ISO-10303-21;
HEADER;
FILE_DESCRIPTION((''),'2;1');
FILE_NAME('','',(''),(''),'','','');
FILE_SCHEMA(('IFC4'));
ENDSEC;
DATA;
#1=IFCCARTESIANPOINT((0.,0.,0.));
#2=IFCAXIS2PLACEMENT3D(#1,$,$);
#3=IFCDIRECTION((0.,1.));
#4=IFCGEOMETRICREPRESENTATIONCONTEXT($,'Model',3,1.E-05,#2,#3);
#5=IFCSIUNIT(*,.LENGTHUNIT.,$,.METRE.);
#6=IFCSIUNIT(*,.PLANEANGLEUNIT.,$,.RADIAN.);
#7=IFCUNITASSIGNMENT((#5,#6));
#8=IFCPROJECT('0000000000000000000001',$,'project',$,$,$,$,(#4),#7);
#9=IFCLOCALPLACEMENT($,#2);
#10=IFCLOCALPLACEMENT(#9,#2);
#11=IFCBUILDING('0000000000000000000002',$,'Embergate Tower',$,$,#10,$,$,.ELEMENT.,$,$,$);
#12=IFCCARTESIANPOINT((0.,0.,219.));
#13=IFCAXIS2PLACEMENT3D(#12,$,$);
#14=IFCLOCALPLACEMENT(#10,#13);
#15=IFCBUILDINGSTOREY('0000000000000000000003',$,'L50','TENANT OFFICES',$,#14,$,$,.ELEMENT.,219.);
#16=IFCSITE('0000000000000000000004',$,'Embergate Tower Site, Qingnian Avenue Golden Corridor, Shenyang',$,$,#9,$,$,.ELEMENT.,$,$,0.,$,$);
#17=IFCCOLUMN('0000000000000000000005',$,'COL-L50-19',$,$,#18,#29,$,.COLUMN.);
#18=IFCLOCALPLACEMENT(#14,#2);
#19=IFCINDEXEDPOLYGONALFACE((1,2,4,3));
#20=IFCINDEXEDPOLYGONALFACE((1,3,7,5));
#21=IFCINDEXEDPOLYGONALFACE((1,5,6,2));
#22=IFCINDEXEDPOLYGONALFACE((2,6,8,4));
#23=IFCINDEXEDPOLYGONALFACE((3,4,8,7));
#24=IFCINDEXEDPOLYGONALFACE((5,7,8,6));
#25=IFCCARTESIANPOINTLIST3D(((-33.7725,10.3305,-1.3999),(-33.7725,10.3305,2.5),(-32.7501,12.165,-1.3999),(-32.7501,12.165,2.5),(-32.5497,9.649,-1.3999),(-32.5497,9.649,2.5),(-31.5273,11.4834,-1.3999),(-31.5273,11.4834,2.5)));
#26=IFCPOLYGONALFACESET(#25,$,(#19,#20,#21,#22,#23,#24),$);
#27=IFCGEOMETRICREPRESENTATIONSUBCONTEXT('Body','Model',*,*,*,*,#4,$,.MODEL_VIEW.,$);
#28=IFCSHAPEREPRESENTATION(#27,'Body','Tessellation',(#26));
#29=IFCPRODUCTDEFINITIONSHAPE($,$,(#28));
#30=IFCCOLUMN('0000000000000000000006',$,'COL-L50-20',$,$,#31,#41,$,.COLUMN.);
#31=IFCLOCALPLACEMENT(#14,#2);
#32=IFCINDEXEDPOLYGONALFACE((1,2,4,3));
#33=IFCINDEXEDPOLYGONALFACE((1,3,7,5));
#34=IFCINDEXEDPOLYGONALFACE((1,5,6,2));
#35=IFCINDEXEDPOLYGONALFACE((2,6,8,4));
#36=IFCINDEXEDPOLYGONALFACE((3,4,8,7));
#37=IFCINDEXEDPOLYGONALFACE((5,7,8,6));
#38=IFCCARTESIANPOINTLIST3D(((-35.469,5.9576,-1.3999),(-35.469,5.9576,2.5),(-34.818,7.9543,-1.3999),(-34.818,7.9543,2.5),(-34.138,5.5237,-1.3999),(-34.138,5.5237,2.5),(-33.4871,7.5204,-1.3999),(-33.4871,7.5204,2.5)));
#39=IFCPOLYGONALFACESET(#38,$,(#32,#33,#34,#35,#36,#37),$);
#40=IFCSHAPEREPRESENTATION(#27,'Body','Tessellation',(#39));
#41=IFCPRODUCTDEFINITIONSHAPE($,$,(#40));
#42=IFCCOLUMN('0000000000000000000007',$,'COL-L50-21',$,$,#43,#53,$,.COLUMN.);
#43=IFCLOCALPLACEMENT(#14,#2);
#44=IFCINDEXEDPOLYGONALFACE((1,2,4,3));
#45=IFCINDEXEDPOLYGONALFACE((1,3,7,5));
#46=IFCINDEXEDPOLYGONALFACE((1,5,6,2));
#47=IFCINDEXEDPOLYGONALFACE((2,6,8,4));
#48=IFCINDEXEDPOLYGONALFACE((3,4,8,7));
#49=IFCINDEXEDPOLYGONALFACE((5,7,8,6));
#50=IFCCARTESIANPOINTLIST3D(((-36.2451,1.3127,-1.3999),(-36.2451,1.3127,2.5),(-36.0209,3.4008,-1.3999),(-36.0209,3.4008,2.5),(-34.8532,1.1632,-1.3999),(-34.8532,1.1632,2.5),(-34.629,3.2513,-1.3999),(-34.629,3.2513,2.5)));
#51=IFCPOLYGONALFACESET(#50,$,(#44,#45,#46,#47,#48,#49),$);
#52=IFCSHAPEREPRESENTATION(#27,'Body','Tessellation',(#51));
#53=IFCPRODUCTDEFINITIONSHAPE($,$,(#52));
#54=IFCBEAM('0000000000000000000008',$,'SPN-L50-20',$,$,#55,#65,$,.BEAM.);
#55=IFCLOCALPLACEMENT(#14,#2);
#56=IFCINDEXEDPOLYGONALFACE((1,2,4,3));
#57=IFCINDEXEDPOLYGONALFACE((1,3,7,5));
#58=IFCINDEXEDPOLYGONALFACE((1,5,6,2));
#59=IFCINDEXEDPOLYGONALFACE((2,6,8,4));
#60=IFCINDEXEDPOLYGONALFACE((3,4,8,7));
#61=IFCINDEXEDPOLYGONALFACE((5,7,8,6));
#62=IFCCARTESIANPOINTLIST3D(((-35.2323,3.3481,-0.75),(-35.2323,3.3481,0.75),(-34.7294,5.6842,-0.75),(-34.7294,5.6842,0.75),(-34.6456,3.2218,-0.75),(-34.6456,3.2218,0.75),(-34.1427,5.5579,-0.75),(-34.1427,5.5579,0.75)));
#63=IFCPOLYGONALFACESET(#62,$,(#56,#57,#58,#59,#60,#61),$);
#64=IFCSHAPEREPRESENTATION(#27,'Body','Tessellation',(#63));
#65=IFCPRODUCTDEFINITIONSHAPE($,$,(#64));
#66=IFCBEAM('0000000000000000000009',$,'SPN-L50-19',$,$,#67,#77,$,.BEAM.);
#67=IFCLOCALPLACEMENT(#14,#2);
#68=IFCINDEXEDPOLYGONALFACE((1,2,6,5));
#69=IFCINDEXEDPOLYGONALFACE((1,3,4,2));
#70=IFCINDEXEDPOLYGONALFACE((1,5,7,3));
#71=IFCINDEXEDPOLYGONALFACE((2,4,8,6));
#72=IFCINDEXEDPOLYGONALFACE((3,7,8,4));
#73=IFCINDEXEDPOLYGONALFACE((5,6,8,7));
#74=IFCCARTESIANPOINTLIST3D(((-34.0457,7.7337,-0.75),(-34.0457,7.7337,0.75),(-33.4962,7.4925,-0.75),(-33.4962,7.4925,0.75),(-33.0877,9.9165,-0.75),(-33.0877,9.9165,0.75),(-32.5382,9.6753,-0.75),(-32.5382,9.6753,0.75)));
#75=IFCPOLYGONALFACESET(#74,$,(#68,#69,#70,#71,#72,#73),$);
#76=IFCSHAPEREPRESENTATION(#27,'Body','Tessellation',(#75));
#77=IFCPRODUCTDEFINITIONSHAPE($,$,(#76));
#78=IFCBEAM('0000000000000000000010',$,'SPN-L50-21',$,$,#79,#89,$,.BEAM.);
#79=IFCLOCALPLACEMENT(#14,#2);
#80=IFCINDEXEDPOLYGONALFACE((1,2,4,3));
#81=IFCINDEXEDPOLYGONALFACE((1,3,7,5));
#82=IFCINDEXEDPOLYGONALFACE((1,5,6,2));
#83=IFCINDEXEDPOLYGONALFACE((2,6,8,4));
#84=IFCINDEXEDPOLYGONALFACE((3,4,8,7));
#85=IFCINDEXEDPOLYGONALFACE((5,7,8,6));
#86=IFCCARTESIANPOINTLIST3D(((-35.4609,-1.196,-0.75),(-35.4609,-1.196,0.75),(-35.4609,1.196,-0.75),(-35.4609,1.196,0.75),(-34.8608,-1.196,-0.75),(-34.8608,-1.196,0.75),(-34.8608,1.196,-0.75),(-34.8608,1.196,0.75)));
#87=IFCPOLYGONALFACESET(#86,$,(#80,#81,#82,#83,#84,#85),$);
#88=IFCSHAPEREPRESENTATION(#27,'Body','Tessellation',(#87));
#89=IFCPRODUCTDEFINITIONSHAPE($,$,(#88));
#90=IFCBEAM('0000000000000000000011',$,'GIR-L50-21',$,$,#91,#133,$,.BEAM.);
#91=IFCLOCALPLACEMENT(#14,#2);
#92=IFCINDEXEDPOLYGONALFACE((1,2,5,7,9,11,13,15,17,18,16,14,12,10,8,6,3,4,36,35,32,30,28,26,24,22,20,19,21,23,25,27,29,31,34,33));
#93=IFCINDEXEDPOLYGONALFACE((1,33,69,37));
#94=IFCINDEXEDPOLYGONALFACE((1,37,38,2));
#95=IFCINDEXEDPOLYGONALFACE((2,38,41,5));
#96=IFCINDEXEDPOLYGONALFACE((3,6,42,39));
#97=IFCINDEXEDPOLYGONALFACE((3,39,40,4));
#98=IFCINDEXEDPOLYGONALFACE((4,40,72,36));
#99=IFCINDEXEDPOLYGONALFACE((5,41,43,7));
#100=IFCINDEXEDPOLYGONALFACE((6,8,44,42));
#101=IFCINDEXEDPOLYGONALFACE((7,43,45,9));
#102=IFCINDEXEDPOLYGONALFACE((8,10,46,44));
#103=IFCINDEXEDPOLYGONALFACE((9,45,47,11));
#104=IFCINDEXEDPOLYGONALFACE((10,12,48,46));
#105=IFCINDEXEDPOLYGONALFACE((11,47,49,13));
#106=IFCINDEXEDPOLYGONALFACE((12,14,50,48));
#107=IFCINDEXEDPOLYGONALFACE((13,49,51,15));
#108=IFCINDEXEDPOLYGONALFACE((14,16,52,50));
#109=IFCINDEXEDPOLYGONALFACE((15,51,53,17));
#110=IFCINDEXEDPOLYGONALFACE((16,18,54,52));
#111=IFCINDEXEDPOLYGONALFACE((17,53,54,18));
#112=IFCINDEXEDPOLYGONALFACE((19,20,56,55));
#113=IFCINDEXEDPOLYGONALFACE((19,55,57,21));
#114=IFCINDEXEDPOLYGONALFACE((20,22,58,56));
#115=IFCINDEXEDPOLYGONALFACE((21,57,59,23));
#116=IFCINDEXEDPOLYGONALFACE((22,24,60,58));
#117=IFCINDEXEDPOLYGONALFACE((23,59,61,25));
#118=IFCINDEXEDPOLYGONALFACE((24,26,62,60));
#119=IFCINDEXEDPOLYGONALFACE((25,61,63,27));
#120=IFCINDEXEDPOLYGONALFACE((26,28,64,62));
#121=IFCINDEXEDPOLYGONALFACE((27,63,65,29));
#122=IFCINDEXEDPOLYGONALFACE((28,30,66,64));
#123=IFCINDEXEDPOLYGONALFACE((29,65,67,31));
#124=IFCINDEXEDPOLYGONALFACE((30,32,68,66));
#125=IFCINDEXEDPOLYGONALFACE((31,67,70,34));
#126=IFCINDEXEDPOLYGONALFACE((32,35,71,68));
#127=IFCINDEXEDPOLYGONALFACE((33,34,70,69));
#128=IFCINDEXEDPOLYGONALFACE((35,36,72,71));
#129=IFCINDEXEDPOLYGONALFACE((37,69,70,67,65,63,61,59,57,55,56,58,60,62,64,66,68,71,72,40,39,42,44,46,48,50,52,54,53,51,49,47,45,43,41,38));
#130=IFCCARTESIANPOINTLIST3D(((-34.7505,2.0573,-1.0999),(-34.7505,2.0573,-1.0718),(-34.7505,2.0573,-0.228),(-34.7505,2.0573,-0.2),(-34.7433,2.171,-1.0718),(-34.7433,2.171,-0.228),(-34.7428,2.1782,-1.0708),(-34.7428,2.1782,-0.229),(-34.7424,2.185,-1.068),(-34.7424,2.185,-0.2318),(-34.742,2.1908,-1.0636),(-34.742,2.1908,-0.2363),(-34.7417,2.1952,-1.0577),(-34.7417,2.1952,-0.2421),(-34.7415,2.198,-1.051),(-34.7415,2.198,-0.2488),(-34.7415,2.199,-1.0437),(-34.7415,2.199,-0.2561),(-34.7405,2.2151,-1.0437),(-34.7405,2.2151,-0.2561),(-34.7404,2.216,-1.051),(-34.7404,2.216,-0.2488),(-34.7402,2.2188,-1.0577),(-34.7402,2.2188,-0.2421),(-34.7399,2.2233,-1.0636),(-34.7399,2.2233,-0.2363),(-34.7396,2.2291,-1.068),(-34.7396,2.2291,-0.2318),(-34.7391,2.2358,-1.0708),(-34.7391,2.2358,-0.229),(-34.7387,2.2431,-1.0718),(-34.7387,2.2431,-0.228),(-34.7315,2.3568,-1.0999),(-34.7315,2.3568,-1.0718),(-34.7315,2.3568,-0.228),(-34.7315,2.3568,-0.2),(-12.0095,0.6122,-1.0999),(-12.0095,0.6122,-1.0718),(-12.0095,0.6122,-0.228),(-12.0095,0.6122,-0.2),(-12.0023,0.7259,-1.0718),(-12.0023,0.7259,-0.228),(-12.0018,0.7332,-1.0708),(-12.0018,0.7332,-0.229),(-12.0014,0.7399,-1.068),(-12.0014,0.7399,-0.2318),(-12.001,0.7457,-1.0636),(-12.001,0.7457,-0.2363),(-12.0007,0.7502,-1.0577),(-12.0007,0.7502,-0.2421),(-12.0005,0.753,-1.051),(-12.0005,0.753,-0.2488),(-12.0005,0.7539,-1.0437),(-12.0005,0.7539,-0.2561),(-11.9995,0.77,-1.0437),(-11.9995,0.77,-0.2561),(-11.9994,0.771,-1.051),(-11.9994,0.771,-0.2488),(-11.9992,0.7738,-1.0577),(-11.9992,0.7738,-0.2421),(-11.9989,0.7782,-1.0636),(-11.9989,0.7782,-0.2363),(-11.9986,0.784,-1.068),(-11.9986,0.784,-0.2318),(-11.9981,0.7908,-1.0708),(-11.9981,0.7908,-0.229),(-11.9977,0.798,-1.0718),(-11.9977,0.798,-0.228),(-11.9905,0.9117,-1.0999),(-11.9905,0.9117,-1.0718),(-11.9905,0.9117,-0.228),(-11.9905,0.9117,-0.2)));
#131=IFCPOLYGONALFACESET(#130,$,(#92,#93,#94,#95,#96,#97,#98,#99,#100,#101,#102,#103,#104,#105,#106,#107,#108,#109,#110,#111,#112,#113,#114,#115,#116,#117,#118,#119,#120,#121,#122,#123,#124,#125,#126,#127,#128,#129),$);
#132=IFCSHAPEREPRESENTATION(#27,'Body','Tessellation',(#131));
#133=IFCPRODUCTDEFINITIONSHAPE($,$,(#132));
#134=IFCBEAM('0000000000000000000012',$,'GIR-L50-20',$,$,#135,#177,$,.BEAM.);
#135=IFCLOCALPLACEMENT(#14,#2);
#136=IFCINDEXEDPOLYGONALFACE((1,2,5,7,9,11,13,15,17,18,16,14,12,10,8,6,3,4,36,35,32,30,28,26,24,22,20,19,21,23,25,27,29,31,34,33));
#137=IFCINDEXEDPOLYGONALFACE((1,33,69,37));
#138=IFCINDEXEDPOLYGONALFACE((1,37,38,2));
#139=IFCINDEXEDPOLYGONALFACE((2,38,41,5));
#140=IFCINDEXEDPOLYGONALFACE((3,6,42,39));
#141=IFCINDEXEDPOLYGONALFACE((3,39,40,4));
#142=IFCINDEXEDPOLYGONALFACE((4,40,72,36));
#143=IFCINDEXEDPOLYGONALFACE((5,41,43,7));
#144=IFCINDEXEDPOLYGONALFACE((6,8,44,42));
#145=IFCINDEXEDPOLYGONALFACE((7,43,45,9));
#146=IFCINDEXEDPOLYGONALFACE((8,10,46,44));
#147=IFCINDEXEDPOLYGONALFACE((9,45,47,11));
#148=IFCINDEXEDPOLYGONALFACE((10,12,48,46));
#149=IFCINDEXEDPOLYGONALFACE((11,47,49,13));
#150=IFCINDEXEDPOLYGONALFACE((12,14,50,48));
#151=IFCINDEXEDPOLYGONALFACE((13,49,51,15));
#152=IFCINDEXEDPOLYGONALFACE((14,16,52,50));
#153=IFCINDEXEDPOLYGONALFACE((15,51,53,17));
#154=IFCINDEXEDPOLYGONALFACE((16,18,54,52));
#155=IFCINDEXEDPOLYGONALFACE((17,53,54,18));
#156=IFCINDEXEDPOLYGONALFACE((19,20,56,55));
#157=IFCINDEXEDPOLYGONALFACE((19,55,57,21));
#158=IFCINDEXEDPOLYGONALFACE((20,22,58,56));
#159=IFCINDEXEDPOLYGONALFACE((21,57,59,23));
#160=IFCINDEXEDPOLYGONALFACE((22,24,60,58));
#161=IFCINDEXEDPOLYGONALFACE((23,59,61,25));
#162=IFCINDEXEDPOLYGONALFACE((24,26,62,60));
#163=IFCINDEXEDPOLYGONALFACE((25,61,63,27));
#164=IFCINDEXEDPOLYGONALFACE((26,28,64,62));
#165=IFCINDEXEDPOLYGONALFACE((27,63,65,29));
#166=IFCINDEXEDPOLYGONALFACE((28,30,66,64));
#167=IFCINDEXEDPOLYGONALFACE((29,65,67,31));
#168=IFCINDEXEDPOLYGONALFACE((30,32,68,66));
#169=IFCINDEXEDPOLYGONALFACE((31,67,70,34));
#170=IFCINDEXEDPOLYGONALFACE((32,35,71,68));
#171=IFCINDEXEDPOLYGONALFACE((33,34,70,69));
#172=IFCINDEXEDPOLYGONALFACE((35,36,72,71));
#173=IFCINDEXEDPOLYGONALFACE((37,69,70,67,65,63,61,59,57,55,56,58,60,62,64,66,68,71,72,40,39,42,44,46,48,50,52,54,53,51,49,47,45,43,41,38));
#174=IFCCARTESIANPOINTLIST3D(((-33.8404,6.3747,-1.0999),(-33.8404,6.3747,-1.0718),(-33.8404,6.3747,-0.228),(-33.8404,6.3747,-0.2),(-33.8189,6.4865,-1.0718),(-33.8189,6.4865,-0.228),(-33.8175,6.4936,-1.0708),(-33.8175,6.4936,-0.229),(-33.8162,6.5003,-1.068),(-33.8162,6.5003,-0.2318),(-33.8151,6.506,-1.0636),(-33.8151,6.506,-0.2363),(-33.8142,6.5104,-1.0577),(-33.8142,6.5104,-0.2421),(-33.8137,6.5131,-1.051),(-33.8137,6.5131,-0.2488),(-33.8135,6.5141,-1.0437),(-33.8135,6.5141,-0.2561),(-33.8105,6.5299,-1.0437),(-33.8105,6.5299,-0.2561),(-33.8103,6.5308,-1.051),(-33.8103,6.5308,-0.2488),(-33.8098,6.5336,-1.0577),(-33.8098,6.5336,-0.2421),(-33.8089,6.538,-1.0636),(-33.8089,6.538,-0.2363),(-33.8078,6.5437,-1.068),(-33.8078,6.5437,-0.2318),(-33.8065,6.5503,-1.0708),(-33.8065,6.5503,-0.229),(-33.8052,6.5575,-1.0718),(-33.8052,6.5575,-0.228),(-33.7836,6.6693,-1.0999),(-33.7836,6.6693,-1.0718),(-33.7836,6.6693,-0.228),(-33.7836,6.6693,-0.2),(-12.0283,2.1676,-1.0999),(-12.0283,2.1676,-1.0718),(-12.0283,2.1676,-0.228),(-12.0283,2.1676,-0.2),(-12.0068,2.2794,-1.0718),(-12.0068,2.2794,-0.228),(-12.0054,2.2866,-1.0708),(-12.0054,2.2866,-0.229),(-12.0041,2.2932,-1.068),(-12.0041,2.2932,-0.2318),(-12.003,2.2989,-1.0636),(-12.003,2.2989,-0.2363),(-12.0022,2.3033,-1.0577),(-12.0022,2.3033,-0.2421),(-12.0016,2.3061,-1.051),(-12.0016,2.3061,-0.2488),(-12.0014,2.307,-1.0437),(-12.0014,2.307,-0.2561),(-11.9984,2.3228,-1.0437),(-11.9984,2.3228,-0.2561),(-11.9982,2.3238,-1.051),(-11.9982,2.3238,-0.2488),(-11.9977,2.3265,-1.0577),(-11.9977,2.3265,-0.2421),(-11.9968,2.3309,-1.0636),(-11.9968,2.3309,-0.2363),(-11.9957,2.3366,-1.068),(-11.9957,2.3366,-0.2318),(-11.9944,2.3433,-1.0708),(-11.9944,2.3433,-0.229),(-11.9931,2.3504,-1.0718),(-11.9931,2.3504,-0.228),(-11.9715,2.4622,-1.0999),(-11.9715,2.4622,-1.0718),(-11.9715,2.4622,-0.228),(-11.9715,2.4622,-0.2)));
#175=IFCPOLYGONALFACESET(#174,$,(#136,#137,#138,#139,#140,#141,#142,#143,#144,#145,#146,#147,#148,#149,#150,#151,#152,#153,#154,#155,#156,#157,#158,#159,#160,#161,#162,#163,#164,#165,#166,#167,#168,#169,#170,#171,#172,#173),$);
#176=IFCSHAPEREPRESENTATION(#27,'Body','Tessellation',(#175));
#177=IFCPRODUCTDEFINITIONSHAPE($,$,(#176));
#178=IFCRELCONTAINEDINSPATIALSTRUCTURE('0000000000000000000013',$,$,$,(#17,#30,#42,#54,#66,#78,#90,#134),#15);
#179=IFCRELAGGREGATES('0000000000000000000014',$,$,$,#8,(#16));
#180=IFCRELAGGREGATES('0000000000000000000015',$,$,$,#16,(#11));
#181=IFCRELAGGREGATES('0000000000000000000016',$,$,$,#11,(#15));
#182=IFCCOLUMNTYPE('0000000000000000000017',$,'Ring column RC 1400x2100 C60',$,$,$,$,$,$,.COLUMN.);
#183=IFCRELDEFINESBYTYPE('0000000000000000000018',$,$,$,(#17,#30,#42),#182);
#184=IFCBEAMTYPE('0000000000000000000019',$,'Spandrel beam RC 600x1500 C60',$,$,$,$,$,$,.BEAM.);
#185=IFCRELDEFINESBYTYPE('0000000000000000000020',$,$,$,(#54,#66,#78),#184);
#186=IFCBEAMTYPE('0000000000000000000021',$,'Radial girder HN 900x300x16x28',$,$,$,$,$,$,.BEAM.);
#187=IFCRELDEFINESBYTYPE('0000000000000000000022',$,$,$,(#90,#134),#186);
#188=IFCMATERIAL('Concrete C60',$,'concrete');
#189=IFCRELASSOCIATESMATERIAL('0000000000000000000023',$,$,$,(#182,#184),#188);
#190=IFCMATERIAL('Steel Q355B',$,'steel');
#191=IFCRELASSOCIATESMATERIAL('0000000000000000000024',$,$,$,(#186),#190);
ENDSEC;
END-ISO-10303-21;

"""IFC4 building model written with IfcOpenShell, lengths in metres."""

from ifc_helpers import new_model, si_unit, direction, frame, origin, origin_2d, place, context, subcontext, project, spatial, rectangle, i_section, extrude, source, transform, mapped, material, material_profile, profile_set, type_object, element, save


model = new_model("IFC4")

# Units and contexts
model_context = context("Model", 3, precision=1e-05, world=origin(), true_north=direction((0.0, 1.0)))
body_context = subcontext(model_context, "Body", "Model", "MODEL_VIEW")
ifc_project = project(units=[si_unit("LENGTHUNIT", "METRE"), si_unit("PLANEANGLEUNIT", "RADIAN")], contexts=[model_context])

# Site, building, storey
site_placement = place(None, origin())
site = spatial("IfcSite", under=ifc_project, at=site_placement, Name="Embergate Tower Site, Qingnian Avenue Golden Corridor, Shenyang", CompositionType="ELEMENT", RefElevation=0.0)
building_placement = place(site_placement, origin())
building = spatial("IfcBuilding", under=site, at=building_placement, Name="Embergate Tower", CompositionType="ELEMENT")
storey_placement = place(building_placement, frame((0.0, 0.0, 219.0)))
storey = spatial("IfcBuildingStorey", under=building, at=storey_placement, Name="L50", Description="TENANT OFFICES", CompositionType="ELEMENT", Elevation=219.0)

# Columns
ifc_material_1 = material(Name="Concrete C60", Category="concrete")
ifc_material_profile_1 = material_profile(ifc_material_1, rectangle(XDim=1.3999, YDim=2.1001, at=origin_2d()), Name="RC 1400x2100")
ifc_profile_set_1 = profile_set([ifc_material_profile_1], Name="Concrete C60")
column_type = type_object("IfcColumnType", Name="Ring column RC 1400x2100 C60", PredefinedType="COLUMN", material=ifc_profile_set_1)
shared_shape_1 = source(origin(), body_context, "Body", "SweptSolid", [
    extrude(rectangle(XDim=1.3999, YDim=2.1001, at=origin_2d()), origin(), (0.0, 0.0, 1.0), 3.8999),
])
for number, where, z_axis, x_axis, name in (
    (1, (-32.6499, 10.907, -1.3999), (0.0, 0.0, 1.0), (-0.8735, 0.486823, 0.0), "COL-L50-19"),
    (2, (-34.478, 6.739, -1.3999), (0.0, 0.0, 1.0), (-0.950754, 0.309946, 0.0), "COL-L50-20"),
    (3, (-35.437, 2.282, -1.3999), (0.0, 0.0, 1.0), (-0.994286, 0.10675, 0.0), "COL-L50-21"),
):
    element("IfcColumn", number, at=place(storey_placement, frame(where, z_axis=z_axis, x_axis=x_axis)), inside=storey, type_object=column_type, Name=name, PredefinedType="COLUMN", context=body_context, shape_type="MappedRepresentation", body=[
        mapped(shared_shape_1, transform((0.0, 0.0, 0.0))),
    ])

# Beams
ifc_material_profile_2 = material_profile(ifc_material_1, rectangle(XDim=0.6001, YDim=1.5, at=origin_2d()), Name="RC 600x1500")
ifc_profile_set_2 = profile_set([ifc_material_profile_2], Name="Concrete C60")
beam_type_1 = type_object("IfcBeamType", Name="Spandrel beam RC 600x1500 C60", PredefinedType="BEAM", material=ifc_profile_set_2)
shared_shape_2 = source(origin(), body_context, "Body", "SweptSolid", [
    extrude(rectangle(XDim=0.6001, YDim=1.5, at=origin_2d()), origin(), (0.0, 0.0, 1.0), 2.3896),
])
beam_1_placement = place(storey_placement, frame((-34.436, 5.6211, 0.0), z_axis=(-0.210457, -0.977603, 0.0), x_axis=(0.977603, -0.210457, 0.0)))
element("IfcBeam", 4, at=beam_1_placement, inside=storey, type_object=beam_type_1, Name="SPN-L50-20", PredefinedType="BEAM", context=body_context, shape_type="MappedRepresentation", body=[
    mapped(shared_shape_2, transform((0.0, 0.0, 0.0))),
])
shared_shape_3 = source(origin(), body_context, "Body", "SweptSolid", [
    extrude(rectangle(XDim=0.6001, YDim=1.5, at=origin_2d()), origin(), (0.0, 0.0, 1.0), 2.3838),
])
beam_2_placement = place(storey_placement, frame((-32.813, 9.7959, 0.0), z_axis=(-0.401877, -0.915694, 0.0), x_axis=(0.915694, -0.401877, 0.0)))
element("IfcBeam", 5, at=beam_2_placement, inside=storey, type_object=beam_type_1, Name="SPN-L50-19", PredefinedType="BEAM", context=body_context, shape_type="MappedRepresentation", body=[
    mapped(shared_shape_3, transform((0.0, 0.0, 0.0))),
])
shared_shape_4 = source(origin(), body_context, "Body", "SweptSolid", [
    extrude(rectangle(XDim=0.6001, YDim=1.5, at=origin_2d()), origin(), (0.0, 0.0, 1.0), 2.3921),
])
beam_3_placement = place(storey_placement, frame((-35.1609, 1.196, 0.0), z_axis=(0.0, -1.0, 0.0), x_axis=(1.0, 0.0, 0.0)))
element("IfcBeam", 6, at=beam_3_placement, inside=storey, type_object=beam_type_1, Name="SPN-L50-21", PredefinedType="BEAM", context=body_context, shape_type="MappedRepresentation", body=[
    mapped(shared_shape_4, transform((0.0, 0.0, 0.0))),
])
ifc_material_2 = material(Name="Steel Q355B", Category="steel")
ifc_material_profile_3 = material_profile(ifc_material_2, i_section(OverallWidth=0.3, OverallDepth=0.8999, WebThickness=0.0161, FlangeThickness=0.0281, FilletRadius=0.0281, at=origin_2d()), Name="HN 900x300x16x28")
ifc_profile_set_3 = profile_set([ifc_material_profile_3], Name="Steel Q355 grade B")
beam_type_2 = type_object("IfcBeamType", Name="Radial girder HN 900x300x16x28", PredefinedType="BEAM", material=ifc_profile_set_3)
shared_shape_5 = source(origin(), body_context, "Body", "SweptSolid", [
    extrude(i_section(OverallWidth=0.3, OverallDepth=0.8999, WebThickness=0.0161, FlangeThickness=0.0281, FilletRadius=0.0281, at=origin_2d()), origin(), (0.0, 0.0, 1.0), 22.7869),
])
beam_4_placement = place(storey_placement, frame((-34.741, 2.207, -0.6499), z_axis=(0.997987, -0.063417, 0.0), x_axis=(0.063417, 0.997987, 0.0)))
element("IfcBeam", 7, at=beam_4_placement, inside=storey, type_object=beam_type_2, Name="GIR-L50-21", PredefinedType="BEAM", context=body_context, shape_type="MappedRepresentation", body=[
    mapped(shared_shape_5, transform((0.0, 0.0, 0.0))),
])
shared_shape_6 = source(origin(), body_context, "Body", "SweptSolid", [
    extrude(i_section(OverallWidth=0.3, OverallDepth=0.8999, WebThickness=0.0161, FlangeThickness=0.0281, FilletRadius=0.0281, at=origin_2d()), origin(), (0.0, 0.0, 1.0), 22.2141),
])
beam_5_placement = place(storey_placement, frame((-33.812, 6.522, -0.6499), z_axis=(0.981903, -0.189386, 0.0), x_axis=(0.189386, 0.981903, 0.0)))
element("IfcBeam", 8, at=beam_5_placement, inside=storey, type_object=beam_type_2, Name="GIR-L50-20", PredefinedType="BEAM", context=body_context, shape_type="MappedRepresentation", body=[
    mapped(shared_shape_6, transform((0.0, 0.0, 0.0))),
])

save(model, "model.ifc")
